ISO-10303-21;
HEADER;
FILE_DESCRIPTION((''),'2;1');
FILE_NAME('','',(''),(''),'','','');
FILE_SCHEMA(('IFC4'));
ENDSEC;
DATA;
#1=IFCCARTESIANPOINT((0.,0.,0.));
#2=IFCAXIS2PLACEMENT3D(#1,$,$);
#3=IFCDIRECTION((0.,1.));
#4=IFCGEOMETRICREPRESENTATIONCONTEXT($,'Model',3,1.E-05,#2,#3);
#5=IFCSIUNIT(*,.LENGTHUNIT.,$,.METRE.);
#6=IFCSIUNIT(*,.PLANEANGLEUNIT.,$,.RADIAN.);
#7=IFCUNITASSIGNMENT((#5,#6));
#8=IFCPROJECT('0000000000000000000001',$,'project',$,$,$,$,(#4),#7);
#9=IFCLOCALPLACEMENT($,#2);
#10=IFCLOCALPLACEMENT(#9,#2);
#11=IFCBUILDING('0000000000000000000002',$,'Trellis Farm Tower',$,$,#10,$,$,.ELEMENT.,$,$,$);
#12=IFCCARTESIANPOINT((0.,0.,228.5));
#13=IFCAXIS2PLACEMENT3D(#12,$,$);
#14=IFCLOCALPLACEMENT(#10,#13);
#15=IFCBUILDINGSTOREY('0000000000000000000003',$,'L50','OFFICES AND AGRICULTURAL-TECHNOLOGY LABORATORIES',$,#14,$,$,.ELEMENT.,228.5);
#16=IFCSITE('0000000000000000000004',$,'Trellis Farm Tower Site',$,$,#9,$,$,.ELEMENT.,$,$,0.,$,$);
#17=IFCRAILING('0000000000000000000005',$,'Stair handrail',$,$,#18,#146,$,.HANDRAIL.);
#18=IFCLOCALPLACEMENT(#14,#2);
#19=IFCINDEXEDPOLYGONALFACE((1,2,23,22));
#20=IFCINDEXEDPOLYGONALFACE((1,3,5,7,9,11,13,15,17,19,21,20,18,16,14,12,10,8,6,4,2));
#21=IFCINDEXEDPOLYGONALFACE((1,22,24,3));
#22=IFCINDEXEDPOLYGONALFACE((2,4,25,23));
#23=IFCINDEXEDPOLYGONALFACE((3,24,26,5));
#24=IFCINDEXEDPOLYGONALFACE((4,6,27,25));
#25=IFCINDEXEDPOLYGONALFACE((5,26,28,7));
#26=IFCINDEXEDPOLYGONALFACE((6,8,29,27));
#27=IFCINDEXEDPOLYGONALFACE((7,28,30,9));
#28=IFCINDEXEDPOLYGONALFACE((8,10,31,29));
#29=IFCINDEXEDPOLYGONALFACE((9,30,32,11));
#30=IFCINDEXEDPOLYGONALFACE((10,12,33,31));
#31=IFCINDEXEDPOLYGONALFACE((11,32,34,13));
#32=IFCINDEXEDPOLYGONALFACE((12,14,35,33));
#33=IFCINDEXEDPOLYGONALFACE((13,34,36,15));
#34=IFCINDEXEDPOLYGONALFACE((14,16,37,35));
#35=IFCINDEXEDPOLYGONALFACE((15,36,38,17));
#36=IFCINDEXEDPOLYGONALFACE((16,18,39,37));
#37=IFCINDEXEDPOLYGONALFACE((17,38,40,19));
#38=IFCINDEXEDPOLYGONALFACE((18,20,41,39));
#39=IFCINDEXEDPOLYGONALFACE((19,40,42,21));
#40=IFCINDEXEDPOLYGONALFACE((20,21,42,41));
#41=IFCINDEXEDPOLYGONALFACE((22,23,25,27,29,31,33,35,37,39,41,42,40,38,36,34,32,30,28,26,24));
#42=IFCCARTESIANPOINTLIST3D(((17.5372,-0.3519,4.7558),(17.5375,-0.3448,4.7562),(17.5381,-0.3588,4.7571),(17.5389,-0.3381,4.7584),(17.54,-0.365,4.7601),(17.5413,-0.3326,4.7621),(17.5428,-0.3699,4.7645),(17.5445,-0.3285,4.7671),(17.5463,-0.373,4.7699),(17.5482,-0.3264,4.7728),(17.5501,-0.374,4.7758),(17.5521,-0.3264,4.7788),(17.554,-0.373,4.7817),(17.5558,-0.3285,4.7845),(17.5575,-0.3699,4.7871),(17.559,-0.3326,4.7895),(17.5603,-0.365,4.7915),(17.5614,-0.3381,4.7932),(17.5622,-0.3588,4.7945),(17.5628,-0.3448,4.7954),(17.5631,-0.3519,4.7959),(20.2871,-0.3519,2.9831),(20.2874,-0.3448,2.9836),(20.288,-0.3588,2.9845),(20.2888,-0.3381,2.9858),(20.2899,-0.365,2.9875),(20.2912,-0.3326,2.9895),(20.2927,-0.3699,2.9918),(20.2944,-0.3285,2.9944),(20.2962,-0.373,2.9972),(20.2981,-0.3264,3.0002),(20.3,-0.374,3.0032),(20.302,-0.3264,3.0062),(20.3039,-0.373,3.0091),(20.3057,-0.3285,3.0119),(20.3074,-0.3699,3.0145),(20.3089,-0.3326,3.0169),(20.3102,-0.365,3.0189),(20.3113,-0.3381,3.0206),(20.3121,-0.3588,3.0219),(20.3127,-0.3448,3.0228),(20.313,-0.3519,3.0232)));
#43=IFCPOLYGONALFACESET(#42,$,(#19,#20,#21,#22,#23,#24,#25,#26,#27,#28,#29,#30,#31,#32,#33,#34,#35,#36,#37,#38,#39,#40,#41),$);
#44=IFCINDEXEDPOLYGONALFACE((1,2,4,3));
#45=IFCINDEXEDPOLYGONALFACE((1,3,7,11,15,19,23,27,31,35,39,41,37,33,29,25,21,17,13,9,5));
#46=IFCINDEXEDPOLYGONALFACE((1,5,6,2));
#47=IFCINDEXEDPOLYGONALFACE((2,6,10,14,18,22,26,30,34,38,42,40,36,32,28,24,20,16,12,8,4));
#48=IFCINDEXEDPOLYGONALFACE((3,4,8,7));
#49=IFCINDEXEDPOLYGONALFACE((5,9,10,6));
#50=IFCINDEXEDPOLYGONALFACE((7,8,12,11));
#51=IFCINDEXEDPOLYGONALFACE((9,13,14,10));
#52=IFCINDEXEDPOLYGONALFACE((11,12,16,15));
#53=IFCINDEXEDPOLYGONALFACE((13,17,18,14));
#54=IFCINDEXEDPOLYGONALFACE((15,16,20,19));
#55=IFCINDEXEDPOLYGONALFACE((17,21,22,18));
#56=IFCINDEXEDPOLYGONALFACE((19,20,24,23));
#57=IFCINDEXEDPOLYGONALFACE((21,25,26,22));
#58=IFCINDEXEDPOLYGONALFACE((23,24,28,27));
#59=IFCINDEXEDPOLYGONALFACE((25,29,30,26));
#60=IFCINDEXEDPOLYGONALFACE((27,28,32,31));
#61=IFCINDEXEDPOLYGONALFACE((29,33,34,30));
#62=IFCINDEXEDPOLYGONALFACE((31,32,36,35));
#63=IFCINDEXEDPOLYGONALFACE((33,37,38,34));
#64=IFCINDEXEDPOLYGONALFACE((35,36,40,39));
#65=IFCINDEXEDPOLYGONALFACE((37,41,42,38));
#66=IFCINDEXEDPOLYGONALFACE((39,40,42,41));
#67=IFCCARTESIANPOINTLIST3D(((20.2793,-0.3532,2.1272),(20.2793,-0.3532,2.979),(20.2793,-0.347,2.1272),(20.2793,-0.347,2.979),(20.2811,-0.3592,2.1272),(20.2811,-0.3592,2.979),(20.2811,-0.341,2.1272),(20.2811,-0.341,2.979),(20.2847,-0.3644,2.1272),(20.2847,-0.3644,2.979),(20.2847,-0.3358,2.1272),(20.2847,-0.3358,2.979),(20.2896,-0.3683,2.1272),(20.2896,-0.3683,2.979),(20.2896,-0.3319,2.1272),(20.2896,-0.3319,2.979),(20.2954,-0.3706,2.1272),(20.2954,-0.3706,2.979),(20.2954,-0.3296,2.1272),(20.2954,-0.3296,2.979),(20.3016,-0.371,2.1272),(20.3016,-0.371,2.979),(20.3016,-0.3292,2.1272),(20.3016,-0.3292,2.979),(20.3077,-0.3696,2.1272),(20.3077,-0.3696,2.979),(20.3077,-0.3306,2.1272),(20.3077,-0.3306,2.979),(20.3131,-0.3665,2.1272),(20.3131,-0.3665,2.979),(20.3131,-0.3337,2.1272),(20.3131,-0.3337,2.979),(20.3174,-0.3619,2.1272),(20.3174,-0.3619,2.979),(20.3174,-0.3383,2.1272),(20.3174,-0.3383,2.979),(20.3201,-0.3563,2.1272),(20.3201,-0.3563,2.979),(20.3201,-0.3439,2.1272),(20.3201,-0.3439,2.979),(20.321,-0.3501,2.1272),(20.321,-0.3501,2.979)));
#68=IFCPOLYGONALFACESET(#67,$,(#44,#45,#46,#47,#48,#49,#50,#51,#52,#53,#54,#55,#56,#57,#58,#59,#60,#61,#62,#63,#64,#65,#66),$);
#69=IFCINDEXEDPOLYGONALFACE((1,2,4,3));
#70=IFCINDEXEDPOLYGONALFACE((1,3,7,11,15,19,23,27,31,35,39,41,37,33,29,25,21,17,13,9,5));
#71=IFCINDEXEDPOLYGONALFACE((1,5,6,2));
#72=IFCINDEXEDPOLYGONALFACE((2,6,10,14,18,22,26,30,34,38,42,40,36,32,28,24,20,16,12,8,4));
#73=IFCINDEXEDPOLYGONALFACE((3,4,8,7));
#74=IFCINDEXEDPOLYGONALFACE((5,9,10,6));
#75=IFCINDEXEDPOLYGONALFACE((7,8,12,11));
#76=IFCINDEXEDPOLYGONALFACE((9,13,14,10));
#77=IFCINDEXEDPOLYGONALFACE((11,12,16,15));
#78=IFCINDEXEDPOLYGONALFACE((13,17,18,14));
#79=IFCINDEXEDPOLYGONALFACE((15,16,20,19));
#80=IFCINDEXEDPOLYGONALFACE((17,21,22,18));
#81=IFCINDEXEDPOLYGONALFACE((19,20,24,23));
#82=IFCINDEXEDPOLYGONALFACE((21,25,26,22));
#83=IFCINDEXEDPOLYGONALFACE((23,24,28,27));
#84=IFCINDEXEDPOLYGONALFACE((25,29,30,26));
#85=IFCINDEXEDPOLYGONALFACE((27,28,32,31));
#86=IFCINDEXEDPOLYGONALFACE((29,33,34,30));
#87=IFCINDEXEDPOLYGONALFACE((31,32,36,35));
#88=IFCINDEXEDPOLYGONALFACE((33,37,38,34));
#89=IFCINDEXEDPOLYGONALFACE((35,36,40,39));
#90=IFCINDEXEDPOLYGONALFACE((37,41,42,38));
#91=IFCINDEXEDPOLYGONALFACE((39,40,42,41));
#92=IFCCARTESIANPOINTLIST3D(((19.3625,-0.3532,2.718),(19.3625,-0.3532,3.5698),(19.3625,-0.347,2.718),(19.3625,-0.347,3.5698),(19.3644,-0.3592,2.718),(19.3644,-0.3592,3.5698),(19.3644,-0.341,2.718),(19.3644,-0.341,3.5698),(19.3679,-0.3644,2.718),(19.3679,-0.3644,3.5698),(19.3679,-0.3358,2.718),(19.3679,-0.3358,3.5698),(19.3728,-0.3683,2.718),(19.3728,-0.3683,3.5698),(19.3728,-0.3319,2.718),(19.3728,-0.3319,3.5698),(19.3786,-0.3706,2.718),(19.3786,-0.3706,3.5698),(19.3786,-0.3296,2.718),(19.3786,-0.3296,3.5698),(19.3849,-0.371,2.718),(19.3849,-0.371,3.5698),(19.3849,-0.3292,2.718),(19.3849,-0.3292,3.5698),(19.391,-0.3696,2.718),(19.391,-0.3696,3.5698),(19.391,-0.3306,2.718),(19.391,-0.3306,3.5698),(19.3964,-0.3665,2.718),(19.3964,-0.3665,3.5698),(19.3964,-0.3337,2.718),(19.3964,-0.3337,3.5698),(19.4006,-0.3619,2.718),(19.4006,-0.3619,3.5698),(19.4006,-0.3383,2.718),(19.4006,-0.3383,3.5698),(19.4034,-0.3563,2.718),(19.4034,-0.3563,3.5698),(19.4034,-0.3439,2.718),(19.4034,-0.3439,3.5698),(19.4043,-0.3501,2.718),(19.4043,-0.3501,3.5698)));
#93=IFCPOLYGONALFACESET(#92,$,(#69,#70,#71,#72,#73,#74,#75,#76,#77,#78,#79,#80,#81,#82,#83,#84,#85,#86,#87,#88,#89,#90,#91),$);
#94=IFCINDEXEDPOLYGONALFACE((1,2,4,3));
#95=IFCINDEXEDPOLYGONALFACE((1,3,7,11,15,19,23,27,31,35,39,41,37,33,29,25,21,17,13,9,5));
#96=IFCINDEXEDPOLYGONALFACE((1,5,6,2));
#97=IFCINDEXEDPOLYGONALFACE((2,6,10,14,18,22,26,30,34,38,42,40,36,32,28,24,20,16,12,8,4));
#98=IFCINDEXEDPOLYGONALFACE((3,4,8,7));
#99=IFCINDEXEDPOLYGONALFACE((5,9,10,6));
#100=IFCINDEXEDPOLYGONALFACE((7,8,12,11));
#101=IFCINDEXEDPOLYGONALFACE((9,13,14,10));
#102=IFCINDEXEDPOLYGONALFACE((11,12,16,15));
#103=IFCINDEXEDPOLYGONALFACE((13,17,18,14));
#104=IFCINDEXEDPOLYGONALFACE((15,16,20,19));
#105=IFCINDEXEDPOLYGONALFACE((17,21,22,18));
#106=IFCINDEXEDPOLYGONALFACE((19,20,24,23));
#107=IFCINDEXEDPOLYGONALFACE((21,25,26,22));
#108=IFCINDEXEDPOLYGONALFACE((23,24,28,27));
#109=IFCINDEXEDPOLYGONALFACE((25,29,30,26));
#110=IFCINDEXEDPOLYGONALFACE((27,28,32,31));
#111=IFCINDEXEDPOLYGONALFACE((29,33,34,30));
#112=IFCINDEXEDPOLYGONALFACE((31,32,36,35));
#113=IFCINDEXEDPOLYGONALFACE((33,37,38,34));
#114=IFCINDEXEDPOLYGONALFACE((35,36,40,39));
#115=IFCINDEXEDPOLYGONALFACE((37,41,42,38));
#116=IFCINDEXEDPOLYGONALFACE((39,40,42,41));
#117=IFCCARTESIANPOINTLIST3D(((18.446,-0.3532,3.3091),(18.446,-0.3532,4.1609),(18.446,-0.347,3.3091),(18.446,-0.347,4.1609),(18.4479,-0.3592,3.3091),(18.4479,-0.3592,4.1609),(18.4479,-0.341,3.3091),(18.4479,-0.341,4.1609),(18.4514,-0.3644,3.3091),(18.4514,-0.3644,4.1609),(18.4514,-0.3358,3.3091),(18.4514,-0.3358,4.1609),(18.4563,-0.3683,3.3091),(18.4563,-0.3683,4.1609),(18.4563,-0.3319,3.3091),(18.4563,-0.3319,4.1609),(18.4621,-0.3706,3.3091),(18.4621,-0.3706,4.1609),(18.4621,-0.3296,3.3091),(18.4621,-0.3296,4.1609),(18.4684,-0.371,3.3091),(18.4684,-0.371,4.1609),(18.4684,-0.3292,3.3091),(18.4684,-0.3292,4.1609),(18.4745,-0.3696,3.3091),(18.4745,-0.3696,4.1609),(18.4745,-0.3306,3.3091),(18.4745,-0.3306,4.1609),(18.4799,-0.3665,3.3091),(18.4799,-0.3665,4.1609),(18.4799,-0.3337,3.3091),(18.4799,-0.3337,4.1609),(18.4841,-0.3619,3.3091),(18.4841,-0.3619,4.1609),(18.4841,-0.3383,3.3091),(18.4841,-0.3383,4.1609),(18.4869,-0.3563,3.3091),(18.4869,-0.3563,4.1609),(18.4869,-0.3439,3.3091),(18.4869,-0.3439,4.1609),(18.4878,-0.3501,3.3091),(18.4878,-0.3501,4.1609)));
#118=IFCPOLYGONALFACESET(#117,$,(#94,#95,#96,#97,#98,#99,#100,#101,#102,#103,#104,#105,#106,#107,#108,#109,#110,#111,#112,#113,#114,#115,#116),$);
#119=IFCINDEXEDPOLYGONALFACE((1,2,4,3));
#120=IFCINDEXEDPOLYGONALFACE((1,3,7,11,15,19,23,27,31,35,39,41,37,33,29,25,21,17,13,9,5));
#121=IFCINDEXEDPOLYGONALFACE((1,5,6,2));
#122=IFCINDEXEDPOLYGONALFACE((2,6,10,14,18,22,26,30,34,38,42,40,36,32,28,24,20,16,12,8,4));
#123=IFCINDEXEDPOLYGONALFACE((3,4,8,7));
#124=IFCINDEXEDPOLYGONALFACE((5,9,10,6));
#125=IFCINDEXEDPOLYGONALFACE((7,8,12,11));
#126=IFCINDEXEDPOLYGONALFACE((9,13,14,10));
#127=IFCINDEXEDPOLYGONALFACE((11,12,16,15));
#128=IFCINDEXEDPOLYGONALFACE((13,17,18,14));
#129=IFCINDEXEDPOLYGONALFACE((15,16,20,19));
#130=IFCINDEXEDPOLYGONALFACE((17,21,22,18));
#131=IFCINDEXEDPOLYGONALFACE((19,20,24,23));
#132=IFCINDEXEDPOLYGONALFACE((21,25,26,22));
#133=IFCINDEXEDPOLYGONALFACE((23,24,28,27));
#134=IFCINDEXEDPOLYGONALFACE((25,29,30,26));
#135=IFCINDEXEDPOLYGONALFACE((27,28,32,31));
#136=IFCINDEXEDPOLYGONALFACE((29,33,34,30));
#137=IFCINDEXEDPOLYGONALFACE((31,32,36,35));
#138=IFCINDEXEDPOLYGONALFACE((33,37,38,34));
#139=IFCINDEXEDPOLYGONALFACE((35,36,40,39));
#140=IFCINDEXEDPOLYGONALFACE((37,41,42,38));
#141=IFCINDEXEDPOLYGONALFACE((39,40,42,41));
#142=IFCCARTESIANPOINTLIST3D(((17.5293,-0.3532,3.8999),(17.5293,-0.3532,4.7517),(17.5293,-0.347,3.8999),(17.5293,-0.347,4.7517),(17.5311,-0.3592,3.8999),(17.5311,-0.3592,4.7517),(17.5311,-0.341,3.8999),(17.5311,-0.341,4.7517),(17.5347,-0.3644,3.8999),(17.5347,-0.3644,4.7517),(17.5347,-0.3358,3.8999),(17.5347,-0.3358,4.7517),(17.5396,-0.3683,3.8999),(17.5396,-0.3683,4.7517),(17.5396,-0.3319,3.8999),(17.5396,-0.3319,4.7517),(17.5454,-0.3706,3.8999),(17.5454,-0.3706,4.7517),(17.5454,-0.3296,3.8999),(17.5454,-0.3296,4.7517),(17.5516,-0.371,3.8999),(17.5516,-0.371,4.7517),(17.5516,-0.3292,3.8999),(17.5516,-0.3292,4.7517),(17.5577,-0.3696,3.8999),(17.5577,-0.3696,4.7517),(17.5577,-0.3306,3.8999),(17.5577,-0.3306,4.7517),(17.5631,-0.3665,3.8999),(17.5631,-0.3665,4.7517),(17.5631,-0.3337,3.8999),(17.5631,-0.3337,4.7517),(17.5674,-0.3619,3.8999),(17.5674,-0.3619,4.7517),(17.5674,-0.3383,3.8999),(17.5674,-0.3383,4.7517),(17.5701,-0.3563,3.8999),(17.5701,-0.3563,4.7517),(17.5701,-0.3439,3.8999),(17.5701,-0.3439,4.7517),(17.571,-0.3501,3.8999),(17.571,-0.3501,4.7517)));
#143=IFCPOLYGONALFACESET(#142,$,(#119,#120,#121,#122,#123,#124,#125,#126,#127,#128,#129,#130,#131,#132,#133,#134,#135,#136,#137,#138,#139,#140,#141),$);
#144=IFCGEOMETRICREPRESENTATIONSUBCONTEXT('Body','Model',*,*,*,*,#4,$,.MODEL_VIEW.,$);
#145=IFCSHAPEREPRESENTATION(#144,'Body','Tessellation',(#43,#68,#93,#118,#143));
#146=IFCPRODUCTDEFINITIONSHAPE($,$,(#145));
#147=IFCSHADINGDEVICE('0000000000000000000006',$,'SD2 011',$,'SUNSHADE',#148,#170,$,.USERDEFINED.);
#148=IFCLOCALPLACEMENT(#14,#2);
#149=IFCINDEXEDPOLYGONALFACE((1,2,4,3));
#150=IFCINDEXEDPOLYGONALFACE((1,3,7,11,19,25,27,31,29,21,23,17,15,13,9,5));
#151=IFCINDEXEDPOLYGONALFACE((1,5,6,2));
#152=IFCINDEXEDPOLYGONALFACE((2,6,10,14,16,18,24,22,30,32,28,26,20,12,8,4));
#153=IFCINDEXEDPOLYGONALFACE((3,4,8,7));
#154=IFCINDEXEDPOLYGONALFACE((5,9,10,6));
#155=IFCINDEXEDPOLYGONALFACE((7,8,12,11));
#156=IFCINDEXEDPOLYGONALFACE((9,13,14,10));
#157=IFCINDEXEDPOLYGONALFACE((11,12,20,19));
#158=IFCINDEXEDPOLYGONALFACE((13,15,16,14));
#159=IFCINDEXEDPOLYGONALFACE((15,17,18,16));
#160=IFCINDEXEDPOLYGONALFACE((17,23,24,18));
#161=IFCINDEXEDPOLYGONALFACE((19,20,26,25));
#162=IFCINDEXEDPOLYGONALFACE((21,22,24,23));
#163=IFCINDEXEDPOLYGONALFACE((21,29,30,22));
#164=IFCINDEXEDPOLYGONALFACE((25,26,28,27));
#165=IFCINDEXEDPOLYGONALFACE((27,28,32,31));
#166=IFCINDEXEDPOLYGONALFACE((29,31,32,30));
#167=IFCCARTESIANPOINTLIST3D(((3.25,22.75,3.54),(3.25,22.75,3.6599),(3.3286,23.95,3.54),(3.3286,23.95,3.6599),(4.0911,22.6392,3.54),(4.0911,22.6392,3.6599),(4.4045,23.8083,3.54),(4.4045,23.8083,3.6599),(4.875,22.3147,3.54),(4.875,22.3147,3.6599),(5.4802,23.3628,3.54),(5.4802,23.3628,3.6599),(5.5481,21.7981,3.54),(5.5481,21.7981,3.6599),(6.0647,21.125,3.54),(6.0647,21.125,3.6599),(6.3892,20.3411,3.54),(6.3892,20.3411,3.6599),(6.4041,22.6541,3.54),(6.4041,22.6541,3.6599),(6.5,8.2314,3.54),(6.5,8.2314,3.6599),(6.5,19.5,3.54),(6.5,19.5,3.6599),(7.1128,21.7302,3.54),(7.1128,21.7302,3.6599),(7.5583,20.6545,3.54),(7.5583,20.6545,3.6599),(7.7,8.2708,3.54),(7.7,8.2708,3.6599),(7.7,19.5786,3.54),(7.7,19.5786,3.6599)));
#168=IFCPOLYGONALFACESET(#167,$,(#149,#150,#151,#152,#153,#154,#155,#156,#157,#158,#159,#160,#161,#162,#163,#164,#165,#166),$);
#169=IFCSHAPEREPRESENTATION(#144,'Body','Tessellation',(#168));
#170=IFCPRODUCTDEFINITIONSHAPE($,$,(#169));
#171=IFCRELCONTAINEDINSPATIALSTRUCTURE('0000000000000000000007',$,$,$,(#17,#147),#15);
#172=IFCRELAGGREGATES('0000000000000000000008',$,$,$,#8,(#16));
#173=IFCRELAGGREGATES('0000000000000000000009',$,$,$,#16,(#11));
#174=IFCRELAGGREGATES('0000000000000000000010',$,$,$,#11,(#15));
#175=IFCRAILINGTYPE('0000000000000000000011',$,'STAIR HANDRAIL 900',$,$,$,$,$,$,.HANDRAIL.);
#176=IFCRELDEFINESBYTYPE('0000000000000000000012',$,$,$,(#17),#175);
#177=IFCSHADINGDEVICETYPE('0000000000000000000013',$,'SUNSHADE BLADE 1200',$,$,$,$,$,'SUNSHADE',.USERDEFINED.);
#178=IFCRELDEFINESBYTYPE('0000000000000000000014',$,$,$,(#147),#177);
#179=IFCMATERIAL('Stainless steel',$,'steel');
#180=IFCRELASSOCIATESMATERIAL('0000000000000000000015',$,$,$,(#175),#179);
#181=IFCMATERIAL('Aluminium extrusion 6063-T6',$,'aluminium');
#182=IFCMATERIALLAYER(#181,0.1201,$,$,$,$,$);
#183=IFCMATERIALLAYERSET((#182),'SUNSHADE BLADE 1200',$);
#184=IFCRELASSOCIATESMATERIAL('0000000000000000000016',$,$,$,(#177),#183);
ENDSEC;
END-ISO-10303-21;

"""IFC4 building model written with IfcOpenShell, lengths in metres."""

from ifc_helpers import new_model, si_unit, direction, frame, origin, origin_2d, place, context, subcontext, project, spatial, polyline, circle, outline, extrude, source, transform, mapped, material, layer, layer_set, type_object, element, save


model = new_model("IFC4")

# Units and contexts
model_context = context("Model", 3, precision=1e-05, world=origin(), true_north=direction((0.0, 1.0)))
body_context = subcontext(model_context, "Body", "Model", "MODEL_VIEW")
ifc_project = project(units=[si_unit("LENGTHUNIT", "METRE"), si_unit("PLANEANGLEUNIT", "RADIAN")], contexts=[model_context])

# Site, building, storey
site_placement = place(None, origin())
site = spatial("IfcSite", under=ifc_project, at=site_placement, Name="Trellis Farm Tower Site", CompositionType="ELEMENT", RefElevation=0.0)
building_placement = place(site_placement, origin())
building = spatial("IfcBuilding", under=site, at=building_placement, Name="Trellis Farm Tower", CompositionType="ELEMENT")
storey_placement = place(building_placement, frame((0.0, 0.0, 228.5)))
storey = spatial("IfcBuildingStorey", under=building, at=storey_placement, Name="L50", Description="OFFICES AND AGRICULTURAL-TECHNOLOGY LABORATORIES", CompositionType="ELEMENT", Elevation=228.5)

# Shared definitions
ifc_material_1 = material(Name="Aluminium extrusion 6063-T6", Category="aluminium")

# Railing
ifc_material_2 = material(Name="Stainless steel", Category="steel")
railing_type = type_object("IfcRailingType", Name="STAIR HANDRAIL 900", PredefinedType="HANDRAIL", material=ifc_material_2)
shared_shape_1 = source(origin(), body_context, "Body", "SweptSolid", [
    extrude(circle(Radius=0.0239, at=origin_2d()), frame((0.0, 0.0, 0.876), z_axis=(-0.840504, 0.0, 0.541806), x_axis=(0.0, -1.0, 0.0)), (0.0, 0.0, 1.0), 3.2717),
    extrude(circle(Radius=0.021, at=origin_2d()), origin(), (0.0, 0.0, 1.0), 0.8518),
    extrude(circle(Radius=0.021, at=origin_2d()), frame((-0.9167, 0.0, 0.5908)), (0.0, 0.0, 1.0), 0.8518),
    extrude(circle(Radius=0.021, at=origin_2d()), frame((-1.8333, 0.0, 1.1819)), (0.0, 0.0, 1.0), 0.8518),
    extrude(circle(Radius=0.021, at=origin_2d()), frame((-2.75, 0.0, 1.7727)), (0.0, 0.0, 1.0), 0.8518),
])
for number, where, name in (
    (1, (20.3, -0.3501, 2.1272), "Stair handrail"),
):
    element("IfcRailing", number, at=place(storey_placement, frame(where)), inside=storey, type_object=railing_type, Name=name, PredefinedType="HANDRAIL", context=body_context, shape_type="MappedRepresentation", body=[
        mapped(shared_shape_1, transform((0.0, 0.0, 0.0))),
    ])

# Shading device
ifc_layer_1 = layer(ifc_material_1, 0.1201)
ifc_layer_set_1 = layer_set([ifc_layer_1], Name="SUNSHADE BLADE 1200")
shading_device_type = type_object("IfcShadingDeviceType", Name="SUNSHADE BLADE 1200", ElementType="SUNSHADE", PredefinedType="USERDEFINED", material=ifc_layer_set_1)
shared_shape_2 = source(origin(), body_context, "Body", "SweptSolid", [
    extrude(outline(polyline([(7.7, 8.2708), (7.7, 19.5786), (7.5583, 20.6545), (7.1128, 21.7302), (6.4041, 22.6541), (5.4802, 23.3628), (4.4045, 23.8083), (3.3286, 23.95), (3.25, 22.75), (4.0911, 22.6392), (4.875, 22.3147), (5.5481, 21.7981), (6.0647, 21.125), (6.3892, 20.3411), (6.5, 19.5), (6.5, 8.2314), (7.7, 8.2708)])), origin(), (0.0, 0.0, 1.0), 0.1199),
])
shading_device_placement = place(storey_placement, frame((0.0, 0.0, 3.54)))
element("IfcShadingDevice", 2, at=shading_device_placement, inside=storey, type_object=shading_device_type, Name="SD2 011", ObjectType="SUNSHADE", PredefinedType="USERDEFINED", context=body_context, shape_type="MappedRepresentation", body=[
    mapped(shared_shape_2, transform((0.0, 0.0, 0.0))),
])

save(model, "model.ifc")
